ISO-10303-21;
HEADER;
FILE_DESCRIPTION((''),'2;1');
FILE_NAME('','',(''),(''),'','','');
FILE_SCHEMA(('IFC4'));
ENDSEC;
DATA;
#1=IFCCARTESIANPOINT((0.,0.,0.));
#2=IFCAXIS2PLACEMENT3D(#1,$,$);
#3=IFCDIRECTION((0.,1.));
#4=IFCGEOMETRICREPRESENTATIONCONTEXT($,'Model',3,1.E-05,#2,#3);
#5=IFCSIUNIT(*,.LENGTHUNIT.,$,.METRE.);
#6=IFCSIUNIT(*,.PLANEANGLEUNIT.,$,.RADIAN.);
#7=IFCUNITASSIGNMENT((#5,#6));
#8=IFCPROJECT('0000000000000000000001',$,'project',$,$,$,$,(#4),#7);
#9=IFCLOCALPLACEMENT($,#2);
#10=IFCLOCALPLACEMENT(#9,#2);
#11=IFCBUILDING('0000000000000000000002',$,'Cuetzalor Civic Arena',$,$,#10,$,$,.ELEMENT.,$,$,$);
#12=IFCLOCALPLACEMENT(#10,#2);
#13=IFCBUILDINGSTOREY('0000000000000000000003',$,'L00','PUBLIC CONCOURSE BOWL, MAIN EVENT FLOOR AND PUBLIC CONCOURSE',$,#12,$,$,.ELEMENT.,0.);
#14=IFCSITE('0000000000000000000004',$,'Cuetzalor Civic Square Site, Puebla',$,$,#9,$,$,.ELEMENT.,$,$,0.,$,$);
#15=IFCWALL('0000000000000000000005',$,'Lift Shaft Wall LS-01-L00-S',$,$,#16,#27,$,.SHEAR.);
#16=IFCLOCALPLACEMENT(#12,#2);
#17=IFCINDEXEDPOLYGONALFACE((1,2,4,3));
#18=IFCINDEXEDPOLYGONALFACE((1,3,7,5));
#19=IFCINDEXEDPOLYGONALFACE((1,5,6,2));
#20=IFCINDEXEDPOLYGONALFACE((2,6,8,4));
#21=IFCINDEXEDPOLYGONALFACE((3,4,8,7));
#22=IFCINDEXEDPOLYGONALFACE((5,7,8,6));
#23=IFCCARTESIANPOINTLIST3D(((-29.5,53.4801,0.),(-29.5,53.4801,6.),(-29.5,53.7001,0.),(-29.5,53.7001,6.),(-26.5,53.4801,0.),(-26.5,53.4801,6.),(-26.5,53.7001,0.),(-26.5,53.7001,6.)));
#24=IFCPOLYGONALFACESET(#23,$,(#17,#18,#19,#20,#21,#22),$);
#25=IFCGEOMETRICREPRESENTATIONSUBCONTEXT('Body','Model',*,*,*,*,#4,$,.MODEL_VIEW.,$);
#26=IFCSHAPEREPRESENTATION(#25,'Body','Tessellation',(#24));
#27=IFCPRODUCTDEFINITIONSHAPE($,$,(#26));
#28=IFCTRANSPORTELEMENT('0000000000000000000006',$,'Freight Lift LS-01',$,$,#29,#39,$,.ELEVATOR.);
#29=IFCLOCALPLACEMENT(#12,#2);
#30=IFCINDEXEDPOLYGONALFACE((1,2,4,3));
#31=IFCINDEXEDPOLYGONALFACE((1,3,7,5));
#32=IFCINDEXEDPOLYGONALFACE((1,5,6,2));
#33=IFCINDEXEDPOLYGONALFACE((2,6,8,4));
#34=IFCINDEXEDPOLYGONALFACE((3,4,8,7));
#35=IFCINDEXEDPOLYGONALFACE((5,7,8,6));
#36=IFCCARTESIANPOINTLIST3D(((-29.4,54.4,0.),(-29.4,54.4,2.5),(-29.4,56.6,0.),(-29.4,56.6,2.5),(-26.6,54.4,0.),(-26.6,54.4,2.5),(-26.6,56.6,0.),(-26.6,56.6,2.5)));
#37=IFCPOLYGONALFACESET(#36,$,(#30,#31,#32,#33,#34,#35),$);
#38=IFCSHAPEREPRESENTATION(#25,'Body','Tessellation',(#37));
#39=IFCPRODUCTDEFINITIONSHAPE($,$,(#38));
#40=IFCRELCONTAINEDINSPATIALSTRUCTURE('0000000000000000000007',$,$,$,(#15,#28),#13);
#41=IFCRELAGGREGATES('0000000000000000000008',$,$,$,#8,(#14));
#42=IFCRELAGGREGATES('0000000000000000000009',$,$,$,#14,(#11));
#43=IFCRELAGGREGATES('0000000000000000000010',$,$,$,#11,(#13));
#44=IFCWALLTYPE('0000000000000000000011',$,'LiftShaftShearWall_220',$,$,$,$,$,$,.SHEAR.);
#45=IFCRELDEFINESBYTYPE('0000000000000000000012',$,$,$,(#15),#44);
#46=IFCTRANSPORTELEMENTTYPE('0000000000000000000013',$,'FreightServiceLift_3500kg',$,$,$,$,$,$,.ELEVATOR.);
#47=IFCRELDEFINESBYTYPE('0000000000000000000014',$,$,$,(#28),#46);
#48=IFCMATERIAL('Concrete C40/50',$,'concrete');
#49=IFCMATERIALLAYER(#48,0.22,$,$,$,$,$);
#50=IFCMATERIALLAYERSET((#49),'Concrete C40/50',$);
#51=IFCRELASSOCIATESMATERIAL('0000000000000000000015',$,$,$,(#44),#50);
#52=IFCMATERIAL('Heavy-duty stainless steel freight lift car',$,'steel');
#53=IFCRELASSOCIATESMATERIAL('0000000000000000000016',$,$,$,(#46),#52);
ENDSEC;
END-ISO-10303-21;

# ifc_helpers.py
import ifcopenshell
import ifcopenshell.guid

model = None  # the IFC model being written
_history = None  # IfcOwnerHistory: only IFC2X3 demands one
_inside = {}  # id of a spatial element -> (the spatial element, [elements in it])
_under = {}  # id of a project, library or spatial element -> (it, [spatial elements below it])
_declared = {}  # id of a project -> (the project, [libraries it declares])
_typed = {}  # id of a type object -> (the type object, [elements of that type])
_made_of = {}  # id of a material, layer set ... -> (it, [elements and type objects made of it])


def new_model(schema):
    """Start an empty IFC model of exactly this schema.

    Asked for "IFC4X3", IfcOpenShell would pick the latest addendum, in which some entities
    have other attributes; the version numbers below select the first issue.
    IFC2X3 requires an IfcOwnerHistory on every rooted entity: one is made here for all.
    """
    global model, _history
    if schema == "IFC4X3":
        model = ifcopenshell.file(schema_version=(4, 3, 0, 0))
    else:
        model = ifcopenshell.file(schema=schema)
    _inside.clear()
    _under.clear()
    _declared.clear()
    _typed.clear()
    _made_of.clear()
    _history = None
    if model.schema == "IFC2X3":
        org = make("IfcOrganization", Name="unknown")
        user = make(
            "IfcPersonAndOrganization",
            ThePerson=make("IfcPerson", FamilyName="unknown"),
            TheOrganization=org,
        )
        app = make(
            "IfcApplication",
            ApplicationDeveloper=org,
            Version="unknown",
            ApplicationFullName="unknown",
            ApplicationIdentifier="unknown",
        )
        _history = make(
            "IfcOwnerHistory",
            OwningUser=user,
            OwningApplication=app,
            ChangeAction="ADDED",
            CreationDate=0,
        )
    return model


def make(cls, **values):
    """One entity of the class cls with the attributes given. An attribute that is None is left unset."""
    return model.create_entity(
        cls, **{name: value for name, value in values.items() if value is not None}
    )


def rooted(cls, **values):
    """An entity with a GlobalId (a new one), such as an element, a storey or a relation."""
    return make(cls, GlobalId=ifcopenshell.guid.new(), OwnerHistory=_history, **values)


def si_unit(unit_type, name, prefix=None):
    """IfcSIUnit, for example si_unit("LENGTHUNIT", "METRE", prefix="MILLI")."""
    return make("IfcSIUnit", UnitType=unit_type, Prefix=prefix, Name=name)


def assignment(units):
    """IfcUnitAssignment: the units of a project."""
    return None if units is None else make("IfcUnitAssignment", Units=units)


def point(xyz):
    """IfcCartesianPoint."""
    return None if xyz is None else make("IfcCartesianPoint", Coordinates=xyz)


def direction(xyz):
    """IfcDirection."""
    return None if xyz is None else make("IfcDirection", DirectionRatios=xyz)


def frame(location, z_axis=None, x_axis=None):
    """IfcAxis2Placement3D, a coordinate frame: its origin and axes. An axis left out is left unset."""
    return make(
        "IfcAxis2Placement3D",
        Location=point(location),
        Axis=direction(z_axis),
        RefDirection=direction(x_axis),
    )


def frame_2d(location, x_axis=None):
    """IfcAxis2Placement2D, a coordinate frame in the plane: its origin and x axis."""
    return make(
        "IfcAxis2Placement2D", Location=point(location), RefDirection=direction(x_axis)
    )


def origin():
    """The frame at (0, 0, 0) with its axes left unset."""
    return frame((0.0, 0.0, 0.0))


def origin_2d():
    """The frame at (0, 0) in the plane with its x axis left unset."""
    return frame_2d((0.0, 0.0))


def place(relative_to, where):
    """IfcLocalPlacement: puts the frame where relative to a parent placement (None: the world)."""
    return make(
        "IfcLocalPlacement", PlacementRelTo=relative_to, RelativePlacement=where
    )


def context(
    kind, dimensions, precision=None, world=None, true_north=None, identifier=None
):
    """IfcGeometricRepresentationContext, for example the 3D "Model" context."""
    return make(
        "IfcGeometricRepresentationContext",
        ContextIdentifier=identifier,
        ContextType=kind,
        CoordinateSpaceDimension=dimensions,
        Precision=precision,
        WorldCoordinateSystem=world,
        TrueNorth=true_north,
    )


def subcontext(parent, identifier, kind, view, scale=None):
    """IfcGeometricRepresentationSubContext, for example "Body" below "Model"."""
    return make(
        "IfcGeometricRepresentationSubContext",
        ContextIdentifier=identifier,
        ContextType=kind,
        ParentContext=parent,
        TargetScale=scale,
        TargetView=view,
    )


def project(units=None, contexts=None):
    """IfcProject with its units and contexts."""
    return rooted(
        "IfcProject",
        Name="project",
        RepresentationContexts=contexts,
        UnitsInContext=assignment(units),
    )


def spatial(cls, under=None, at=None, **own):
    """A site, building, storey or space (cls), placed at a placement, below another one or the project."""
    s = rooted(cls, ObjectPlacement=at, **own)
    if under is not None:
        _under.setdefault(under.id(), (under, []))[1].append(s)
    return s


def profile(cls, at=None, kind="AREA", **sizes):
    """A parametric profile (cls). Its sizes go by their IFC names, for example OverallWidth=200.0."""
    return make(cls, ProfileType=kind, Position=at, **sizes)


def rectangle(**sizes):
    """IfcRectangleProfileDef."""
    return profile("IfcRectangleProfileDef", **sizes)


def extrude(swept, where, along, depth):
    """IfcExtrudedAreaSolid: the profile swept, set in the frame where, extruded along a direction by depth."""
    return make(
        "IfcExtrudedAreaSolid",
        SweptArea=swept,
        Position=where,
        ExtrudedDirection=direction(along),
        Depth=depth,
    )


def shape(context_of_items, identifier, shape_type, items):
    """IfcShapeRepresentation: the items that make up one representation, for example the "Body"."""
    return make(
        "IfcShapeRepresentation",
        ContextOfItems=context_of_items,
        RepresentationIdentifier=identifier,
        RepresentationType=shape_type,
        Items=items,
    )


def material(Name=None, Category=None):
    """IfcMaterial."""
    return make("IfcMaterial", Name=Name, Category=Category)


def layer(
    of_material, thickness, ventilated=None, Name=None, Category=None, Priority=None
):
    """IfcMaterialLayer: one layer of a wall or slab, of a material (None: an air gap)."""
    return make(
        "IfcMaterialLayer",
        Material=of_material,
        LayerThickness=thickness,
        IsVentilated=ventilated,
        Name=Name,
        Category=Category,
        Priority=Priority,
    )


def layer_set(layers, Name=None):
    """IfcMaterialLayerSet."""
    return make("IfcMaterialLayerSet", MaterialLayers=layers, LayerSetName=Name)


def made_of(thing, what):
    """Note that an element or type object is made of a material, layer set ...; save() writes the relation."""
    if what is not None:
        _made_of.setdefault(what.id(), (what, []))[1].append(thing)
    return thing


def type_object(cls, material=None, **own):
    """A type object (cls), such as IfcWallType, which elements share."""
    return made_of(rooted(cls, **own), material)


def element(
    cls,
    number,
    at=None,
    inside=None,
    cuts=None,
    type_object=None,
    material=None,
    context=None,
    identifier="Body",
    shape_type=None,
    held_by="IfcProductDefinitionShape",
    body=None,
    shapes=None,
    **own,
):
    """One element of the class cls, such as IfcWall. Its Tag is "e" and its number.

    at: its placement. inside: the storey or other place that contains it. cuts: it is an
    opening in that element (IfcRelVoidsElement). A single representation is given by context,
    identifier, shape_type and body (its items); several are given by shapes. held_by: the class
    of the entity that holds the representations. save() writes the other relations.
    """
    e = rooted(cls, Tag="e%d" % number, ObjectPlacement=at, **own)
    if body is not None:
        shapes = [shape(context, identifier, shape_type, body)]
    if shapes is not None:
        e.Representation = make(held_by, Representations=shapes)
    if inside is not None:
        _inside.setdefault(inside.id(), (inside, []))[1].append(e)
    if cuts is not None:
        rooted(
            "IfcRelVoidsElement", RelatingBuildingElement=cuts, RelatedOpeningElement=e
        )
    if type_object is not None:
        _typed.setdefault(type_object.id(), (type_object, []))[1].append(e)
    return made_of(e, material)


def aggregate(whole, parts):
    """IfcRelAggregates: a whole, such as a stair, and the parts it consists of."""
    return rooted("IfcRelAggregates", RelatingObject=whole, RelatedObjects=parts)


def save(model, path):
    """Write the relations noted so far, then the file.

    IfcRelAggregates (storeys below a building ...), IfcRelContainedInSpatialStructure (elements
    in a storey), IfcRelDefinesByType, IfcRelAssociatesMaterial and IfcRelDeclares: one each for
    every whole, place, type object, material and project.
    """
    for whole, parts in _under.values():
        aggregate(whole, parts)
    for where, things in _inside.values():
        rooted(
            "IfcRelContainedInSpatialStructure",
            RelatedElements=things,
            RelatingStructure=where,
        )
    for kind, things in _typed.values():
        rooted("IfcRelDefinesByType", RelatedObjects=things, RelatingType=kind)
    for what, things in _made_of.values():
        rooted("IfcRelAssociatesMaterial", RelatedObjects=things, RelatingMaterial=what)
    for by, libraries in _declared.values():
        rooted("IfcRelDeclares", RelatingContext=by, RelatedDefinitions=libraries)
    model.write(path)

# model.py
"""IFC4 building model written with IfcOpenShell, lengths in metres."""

from ifc_helpers import new_model, si_unit, direction, frame, frame_2d, origin, origin_2d, place, context, subcontext, project, spatial, rectangle, extrude, material, layer, layer_set, type_object, element, save


model = new_model("IFC4")

# Units and contexts
model_context = context("Model", 3, precision=1e-05, world=origin(), true_north=direction((0.0, 1.0)))
body_context = subcontext(model_context, "Body", "Model", "MODEL_VIEW")
ifc_project = project(units=[si_unit("LENGTHUNIT", "METRE"), si_unit("PLANEANGLEUNIT", "RADIAN")], contexts=[model_context])

# Site, building, storey
site_placement = place(None, origin())
site = spatial("IfcSite", under=ifc_project, at=site_placement, Name="Cuetzalor Civic Square Site, Puebla", CompositionType="ELEMENT", RefElevation=0.0)
building_placement = place(site_placement, origin())
building = spatial("IfcBuilding", under=site, at=building_placement, Name="Cuetzalor Civic Arena", CompositionType="ELEMENT")
storey_placement = place(building_placement, origin())
storey = spatial("IfcBuildingStorey", under=building, at=storey_placement, Name="L00", Description="PUBLIC CONCOURSE BOWL, MAIN EVENT FLOOR AND PUBLIC CONCOURSE", CompositionType="ELEMENT", Elevation=0.0)

# Shared definitions
ifc_material_1 = material(Name="Concrete C40/50", Category="concrete")
ifc_layer_1 = layer(ifc_material_1, 0.22)
ifc_layer_set_1 = layer_set([ifc_layer_1], Name="Concrete C40/50")
wall_type_1 = type_object("IfcWallType", Name="LiftShaftShearWall_220", PredefinedType="SHEAR", material=ifc_layer_set_1)

# Wall
wall_1_placement = place(storey_placement, frame((-26.5, 53.5901, 0.0), z_axis=(0.0, 0.0, 1.0), x_axis=(-1.0, 0.0, 0.0)))
element("IfcWall", 1, at=wall_1_placement, inside=storey, type_object=wall_type_1, Name="Lift Shaft Wall LS-01-L00-S", PredefinedType="SHEAR", context=body_context, shape_type="SweptSolid", body=[
    extrude(rectangle(XDim=3.0, YDim=0.22, at=frame_2d((1.5, 0.0))), origin(), (0.0, 0.0, 1.0), 6.0),
])

# Transport element
ifc_material_2 = material(Name="Heavy-duty stainless steel freight lift car", Category="steel")
transport_element_type = type_object("IfcTransportElementType", Name="FreightServiceLift_3500kg", PredefinedType="ELEVATOR", material=ifc_material_2)
transport_element_placement = place(storey_placement, frame((-28.0, 55.5, 0.0), z_axis=(0.0, 0.0, 1.0), x_axis=(0.0, 1.0, 0.0)))
element("IfcTransportElement", 2, at=transport_element_placement, inside=storey, type_object=transport_element_type, Name="Freight Lift LS-01", PredefinedType="ELEVATOR", context=body_context, shape_type="SweptSolid", body=[
    extrude(rectangle(XDim=2.2, YDim=2.8, at=origin_2d()), origin(), (0.0, 0.0, 1.0), 2.5),
])

save(model, "model.ifc")
